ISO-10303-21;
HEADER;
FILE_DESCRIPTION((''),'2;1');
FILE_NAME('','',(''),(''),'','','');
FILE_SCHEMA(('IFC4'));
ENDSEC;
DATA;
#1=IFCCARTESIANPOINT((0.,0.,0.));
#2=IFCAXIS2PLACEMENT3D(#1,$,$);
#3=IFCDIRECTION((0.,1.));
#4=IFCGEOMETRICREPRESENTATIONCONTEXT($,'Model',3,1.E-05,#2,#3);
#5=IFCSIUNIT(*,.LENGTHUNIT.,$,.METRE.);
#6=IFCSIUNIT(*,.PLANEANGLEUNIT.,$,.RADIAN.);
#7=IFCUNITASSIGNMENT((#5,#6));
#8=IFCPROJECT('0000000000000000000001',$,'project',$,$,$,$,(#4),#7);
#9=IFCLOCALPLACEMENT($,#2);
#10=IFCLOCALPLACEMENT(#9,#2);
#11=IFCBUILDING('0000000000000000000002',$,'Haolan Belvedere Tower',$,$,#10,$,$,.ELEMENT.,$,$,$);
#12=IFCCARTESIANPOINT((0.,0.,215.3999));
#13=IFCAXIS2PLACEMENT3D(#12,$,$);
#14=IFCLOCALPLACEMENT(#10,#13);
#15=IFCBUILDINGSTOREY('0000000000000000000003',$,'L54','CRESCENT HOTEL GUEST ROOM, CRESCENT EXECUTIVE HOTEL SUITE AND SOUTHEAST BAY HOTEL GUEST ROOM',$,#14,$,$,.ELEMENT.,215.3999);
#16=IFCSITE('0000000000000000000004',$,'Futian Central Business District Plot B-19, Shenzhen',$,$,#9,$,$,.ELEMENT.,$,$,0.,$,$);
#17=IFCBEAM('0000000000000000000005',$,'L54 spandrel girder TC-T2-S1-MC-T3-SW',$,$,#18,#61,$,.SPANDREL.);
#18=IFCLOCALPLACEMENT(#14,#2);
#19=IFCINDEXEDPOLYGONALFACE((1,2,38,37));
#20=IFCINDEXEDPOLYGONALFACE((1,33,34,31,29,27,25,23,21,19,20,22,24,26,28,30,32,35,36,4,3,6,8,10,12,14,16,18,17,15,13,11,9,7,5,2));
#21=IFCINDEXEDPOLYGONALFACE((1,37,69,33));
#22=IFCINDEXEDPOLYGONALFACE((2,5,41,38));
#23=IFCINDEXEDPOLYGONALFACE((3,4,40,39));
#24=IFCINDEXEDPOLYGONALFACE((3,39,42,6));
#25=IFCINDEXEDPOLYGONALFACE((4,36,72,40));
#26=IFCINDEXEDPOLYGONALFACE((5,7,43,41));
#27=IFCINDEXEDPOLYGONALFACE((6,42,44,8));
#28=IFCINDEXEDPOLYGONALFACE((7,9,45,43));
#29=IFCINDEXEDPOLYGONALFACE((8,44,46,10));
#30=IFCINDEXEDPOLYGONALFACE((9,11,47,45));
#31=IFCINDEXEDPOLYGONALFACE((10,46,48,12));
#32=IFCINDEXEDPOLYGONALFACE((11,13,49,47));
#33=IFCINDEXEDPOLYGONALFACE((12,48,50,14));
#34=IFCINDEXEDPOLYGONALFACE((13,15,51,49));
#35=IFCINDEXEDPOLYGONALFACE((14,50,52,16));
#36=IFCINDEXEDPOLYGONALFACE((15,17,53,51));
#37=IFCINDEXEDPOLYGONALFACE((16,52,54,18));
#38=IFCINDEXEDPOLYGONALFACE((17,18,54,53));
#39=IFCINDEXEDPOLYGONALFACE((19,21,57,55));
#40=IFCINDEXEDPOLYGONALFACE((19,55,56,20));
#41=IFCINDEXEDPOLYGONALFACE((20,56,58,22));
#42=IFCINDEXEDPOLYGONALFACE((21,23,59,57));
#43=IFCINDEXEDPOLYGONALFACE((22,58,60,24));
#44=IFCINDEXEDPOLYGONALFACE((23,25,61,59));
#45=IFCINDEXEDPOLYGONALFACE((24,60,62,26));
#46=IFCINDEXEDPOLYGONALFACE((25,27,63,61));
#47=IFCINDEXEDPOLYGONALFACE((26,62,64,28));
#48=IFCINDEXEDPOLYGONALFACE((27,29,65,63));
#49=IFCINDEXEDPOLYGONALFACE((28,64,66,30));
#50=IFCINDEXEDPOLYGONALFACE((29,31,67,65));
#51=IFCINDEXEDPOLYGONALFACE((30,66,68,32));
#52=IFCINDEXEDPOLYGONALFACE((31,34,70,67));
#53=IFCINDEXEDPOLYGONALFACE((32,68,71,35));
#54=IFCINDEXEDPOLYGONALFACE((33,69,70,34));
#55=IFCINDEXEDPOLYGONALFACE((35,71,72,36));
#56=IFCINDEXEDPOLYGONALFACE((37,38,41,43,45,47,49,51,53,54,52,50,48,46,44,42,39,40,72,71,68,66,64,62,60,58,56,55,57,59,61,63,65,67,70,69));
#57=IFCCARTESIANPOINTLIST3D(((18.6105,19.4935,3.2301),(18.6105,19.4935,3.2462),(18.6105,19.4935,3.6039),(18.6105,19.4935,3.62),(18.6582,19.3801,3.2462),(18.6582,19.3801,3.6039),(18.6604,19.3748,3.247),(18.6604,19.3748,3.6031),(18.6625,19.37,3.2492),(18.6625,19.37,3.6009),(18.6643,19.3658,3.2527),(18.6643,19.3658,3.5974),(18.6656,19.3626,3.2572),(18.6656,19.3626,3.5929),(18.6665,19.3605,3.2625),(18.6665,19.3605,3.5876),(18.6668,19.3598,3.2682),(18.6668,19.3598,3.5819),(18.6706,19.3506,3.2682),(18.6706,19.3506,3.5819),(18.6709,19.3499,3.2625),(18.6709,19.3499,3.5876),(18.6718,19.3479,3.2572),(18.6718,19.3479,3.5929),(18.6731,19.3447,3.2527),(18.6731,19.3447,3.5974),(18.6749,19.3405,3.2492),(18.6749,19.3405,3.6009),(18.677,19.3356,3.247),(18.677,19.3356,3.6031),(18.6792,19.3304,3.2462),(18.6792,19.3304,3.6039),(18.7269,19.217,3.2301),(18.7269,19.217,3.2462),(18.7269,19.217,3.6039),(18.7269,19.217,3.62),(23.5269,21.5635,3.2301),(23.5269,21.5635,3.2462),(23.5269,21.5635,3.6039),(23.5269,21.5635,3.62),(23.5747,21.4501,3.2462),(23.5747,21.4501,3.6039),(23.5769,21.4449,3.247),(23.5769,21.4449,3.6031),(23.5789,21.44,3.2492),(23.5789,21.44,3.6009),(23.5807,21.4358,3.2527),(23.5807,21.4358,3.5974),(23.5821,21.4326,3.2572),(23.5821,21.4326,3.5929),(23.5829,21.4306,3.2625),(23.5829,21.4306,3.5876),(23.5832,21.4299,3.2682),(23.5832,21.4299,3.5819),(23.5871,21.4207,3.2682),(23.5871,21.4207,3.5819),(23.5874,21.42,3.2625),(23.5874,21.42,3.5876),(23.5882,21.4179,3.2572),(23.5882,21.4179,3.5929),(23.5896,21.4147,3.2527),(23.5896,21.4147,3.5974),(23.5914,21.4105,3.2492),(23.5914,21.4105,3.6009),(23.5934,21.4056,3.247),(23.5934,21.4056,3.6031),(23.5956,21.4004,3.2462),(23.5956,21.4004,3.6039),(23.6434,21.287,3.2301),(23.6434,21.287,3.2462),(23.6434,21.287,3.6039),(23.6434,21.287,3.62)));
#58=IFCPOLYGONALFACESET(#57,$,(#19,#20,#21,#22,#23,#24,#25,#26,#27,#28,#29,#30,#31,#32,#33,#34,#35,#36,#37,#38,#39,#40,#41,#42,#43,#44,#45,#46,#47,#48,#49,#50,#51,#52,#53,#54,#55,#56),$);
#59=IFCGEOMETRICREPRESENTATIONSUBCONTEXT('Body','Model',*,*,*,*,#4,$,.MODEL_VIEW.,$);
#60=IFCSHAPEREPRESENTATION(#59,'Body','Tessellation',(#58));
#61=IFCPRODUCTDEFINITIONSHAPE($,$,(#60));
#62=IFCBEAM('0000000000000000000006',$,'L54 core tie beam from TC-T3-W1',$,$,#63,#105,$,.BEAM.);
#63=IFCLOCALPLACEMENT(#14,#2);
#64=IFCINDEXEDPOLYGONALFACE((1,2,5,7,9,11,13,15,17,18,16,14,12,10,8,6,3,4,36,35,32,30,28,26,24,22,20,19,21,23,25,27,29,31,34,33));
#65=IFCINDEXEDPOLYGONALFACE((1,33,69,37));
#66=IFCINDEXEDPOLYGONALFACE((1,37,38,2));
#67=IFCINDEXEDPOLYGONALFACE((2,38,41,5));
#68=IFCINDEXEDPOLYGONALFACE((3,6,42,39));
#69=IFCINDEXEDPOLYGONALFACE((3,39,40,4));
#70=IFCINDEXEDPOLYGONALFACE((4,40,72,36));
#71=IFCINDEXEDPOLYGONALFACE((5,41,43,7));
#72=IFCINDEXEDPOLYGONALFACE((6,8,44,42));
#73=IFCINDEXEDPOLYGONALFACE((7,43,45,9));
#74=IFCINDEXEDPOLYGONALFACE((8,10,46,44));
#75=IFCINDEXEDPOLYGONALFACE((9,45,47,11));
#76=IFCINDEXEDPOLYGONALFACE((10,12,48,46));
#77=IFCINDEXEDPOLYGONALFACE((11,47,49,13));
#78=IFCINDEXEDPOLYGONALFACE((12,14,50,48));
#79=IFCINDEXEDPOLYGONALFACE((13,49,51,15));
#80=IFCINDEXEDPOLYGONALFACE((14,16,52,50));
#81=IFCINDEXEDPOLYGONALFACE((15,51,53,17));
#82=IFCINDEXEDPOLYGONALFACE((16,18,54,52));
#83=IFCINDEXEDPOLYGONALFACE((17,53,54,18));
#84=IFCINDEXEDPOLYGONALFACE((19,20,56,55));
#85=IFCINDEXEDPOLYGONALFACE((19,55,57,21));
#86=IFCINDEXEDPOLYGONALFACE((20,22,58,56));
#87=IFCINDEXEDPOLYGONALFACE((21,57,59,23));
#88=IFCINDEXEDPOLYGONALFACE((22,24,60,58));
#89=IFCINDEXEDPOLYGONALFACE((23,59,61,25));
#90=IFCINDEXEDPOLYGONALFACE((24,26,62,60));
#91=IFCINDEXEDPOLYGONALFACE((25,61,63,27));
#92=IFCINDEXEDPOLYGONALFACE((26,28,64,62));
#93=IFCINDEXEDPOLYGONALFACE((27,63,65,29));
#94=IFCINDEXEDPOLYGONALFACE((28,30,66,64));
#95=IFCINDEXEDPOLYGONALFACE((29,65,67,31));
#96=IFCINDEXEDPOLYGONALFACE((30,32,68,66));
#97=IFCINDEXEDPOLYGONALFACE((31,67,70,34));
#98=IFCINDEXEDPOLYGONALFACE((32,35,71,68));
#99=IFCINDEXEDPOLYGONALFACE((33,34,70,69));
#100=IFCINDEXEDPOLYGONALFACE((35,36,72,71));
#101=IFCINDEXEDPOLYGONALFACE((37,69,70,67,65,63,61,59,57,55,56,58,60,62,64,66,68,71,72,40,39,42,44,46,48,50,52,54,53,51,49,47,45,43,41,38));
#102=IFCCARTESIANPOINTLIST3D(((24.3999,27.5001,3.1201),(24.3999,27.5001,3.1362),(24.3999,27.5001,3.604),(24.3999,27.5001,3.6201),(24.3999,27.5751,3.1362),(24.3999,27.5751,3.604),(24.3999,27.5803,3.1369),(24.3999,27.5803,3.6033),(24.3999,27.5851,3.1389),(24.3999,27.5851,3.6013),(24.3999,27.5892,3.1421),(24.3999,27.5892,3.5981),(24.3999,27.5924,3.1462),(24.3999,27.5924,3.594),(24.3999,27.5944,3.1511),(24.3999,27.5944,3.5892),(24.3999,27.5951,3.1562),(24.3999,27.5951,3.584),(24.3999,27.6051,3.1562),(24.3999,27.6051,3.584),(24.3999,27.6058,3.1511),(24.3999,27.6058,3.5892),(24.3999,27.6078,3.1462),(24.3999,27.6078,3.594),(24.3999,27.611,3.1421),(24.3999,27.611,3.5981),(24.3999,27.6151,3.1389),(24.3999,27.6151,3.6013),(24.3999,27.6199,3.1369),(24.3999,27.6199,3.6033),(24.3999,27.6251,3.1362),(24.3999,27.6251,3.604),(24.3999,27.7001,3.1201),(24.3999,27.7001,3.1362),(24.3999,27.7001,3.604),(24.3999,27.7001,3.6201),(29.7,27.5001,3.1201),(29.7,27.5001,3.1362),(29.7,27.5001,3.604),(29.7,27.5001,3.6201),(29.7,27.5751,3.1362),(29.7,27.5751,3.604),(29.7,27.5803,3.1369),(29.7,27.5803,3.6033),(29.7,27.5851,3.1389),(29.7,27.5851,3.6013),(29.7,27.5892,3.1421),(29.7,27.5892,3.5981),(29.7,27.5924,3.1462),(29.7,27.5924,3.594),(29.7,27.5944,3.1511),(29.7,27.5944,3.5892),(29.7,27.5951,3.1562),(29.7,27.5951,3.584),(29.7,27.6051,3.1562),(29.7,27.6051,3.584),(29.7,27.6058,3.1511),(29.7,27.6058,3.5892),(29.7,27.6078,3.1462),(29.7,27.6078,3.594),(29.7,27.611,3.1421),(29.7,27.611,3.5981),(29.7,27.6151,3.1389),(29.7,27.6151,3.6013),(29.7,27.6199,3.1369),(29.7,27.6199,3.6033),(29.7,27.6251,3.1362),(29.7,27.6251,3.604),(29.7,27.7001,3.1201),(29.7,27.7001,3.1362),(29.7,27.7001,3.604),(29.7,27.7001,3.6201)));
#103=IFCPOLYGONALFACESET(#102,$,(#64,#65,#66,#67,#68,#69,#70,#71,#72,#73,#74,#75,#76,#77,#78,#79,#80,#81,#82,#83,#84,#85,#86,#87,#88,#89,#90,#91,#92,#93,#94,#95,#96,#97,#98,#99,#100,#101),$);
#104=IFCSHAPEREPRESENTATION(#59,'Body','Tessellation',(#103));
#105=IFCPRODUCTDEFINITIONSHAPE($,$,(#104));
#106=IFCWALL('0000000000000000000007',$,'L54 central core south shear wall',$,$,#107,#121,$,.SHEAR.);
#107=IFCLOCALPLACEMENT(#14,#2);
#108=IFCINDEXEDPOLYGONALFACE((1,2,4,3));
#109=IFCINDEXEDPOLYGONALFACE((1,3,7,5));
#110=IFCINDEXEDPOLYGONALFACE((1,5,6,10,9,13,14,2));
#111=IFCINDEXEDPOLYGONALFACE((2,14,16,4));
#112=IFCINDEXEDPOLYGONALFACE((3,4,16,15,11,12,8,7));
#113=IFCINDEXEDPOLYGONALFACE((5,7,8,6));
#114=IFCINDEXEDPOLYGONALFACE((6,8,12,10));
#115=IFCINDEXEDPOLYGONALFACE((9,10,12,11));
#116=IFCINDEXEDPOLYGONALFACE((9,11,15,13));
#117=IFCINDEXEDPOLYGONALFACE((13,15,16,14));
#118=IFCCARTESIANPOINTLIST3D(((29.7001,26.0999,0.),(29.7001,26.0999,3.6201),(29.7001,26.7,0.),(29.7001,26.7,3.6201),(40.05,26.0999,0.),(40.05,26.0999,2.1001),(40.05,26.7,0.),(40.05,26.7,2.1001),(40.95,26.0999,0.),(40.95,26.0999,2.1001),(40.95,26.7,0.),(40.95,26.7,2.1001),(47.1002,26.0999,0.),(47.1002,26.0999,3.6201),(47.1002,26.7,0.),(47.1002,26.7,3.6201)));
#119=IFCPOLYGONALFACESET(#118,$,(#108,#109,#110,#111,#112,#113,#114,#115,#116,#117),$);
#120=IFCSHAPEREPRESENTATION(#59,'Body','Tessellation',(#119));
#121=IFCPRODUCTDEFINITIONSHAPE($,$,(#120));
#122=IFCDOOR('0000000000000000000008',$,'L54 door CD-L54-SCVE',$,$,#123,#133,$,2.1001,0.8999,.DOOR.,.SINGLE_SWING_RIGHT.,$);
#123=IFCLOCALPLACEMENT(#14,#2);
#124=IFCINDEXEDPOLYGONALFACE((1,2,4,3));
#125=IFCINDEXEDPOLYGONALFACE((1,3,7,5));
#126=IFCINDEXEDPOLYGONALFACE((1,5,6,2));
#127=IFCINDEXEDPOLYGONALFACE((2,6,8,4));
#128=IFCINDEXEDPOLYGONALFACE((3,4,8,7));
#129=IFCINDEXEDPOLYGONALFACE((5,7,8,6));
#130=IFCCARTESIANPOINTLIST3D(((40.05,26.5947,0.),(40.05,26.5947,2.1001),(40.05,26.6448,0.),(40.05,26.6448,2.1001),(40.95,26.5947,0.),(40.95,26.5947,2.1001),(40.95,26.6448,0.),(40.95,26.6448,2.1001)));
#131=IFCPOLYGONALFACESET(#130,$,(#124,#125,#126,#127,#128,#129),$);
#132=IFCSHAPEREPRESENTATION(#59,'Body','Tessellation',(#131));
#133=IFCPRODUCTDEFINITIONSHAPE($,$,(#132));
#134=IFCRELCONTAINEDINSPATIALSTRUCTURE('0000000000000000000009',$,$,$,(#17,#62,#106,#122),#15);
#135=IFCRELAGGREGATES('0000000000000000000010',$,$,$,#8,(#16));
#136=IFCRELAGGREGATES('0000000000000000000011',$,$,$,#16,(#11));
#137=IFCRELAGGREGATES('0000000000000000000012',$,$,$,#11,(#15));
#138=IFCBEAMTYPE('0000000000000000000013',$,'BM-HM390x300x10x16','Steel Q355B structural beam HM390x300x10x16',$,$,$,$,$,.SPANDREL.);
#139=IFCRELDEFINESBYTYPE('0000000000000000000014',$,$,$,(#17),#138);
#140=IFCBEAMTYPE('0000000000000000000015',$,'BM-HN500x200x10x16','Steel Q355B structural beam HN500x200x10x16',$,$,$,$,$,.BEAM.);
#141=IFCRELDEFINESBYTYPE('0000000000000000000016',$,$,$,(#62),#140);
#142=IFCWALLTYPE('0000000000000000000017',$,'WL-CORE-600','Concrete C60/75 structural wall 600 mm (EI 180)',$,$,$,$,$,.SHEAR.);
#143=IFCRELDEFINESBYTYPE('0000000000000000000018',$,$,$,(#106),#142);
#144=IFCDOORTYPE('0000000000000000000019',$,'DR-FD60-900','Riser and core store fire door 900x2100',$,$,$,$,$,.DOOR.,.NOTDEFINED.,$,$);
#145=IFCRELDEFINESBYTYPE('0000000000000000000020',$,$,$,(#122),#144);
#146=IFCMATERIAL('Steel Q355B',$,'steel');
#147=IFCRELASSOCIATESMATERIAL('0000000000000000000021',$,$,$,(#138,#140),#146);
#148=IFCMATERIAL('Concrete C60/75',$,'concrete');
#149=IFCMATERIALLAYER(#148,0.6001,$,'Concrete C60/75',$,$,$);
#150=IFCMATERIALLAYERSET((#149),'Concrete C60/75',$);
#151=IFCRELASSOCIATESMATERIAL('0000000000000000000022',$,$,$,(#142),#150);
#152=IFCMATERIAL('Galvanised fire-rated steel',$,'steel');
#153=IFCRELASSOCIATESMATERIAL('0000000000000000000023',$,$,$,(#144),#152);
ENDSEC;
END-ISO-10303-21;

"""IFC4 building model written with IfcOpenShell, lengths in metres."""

from ifc_helpers import new_model, si_unit, direction, frame, frame_2d, origin, origin_2d, place, context, subcontext, project, spatial, rectangle, i_section, extrude, material, layer, layer_set, material_profile, profile_set, type_object, element, fill, save


model = new_model("IFC4")

# Units and contexts
model_context = context("Model", 3, precision=1e-05, world=origin(), true_north=direction((0.0, 1.0)))
body_context = subcontext(model_context, "Body", "Model", "MODEL_VIEW")
ifc_project = project(units=[si_unit("LENGTHUNIT", "METRE"), si_unit("PLANEANGLEUNIT", "RADIAN")], contexts=[model_context])

# Site, building, storey
site_placement = place(None, origin())
site = spatial("IfcSite", under=ifc_project, at=site_placement, Name="Futian Central Business District Plot B-19, Shenzhen", CompositionType="ELEMENT", RefElevation=0.0)
building_placement = place(site_placement, origin())
building = spatial("IfcBuilding", under=site, at=building_placement, Name="Haolan Belvedere Tower", CompositionType="ELEMENT")
storey_placement = place(building_placement, frame((0.0, 0.0, 215.3999)))
storey = spatial("IfcBuildingStorey", under=building, at=storey_placement, Name="L54", Description="CRESCENT HOTEL GUEST ROOM, CRESCENT EXECUTIVE HOTEL SUITE AND SOUTHEAST BAY HOTEL GUEST ROOM", CompositionType="ELEMENT", Elevation=215.3999)

# Beams
ifc_material_1 = material(Name="Steel Q355B", Category="steel")
ifc_material_profile_1 = material_profile(ifc_material_1, i_section(OverallWidth=0.3, OverallDepth=0.3899, WebThickness=0.01, FlangeThickness=0.0161, FilletRadius=0.022, at=origin_2d()), Name="Steel Q355B")
ifc_profile_set_1 = profile_set([ifc_material_profile_1], Name="Steel Q355B")
beam_type_1 = type_object("IfcBeamType", Name="BM-HM390x300x10x16", Description="Steel Q355B structural beam HM390x300x10x16", PredefinedType="SPANDREL", material=ifc_profile_set_1)
beam_1_placement = place(storey_placement, frame((18.6687, 19.3552, 3.425), z_axis=(0.921638, 0.388051, 0.0), x_axis=(-0.388051, 0.921638, 0.0)))
element("IfcBeam", 1, at=beam_1_placement, inside=storey, type_object=beam_type_1, Name="L54 spandrel girder TC-T2-S1-MC-T3-SW", PredefinedType="SPANDREL", context=body_context, shape_type="SweptSolid", body=[
    extrude(i_section(OverallWidth=0.3, OverallDepth=0.3899, WebThickness=0.01, FlangeThickness=0.0161, FilletRadius=0.022, at=origin_2d()), origin(), (0.0, 0.0, 1.0), 5.3345),
])
ifc_material_profile_2 = material_profile(ifc_material_1, i_section(OverallWidth=0.2, OverallDepth=0.5, WebThickness=0.01, FlangeThickness=0.0161, FilletRadius=0.02, at=origin_2d()), Name="Steel Q355B")
ifc_profile_set_2 = profile_set([ifc_material_profile_2], Name="Steel Q355B")
beam_type_2 = type_object("IfcBeamType", Name="BM-HN500x200x10x16", Description="Steel Q355B structural beam HN500x200x10x16", PredefinedType="BEAM", material=ifc_profile_set_2)
beam_2_placement = place(storey_placement, frame((24.3999, 27.6001, 3.3701), z_axis=(1.0, 0.0, 0.0), x_axis=(0.0, 1.0, 0.0)))
element("IfcBeam", 2, at=beam_2_placement, inside=storey, type_object=beam_type_2, Name="L54 core tie beam from TC-T3-W1", PredefinedType="BEAM", context=body_context, shape_type="SweptSolid", body=[
    extrude(i_section(OverallWidth=0.2, OverallDepth=0.5, WebThickness=0.01, FlangeThickness=0.0161, FilletRadius=0.02, at=origin_2d()), origin(), (0.0, 0.0, 1.0), 5.3),
])

# Wall, opening, door
ifc_material_2 = material(Name="Concrete C60/75", Category="concrete")
ifc_layer_1 = layer(ifc_material_2, 0.6001, Name="Concrete C60/75")
ifc_layer_set_1 = layer_set([ifc_layer_1], Name="Concrete C60/75")
wall_type_1 = type_object("IfcWallType", Name="WL-CORE-600", Description="Concrete C60/75 structural wall 600 mm (EI 180)", PredefinedType="SHEAR", material=ifc_layer_set_1)
wall_1_placement = place(storey_placement, frame((29.7, 26.3999, 0.0), z_axis=(0.0, 0.0, 1.0), x_axis=(1.0, 0.0, 0.0)))
wall_1 = element("IfcWall", 3, at=wall_1_placement, inside=storey, type_object=wall_type_1, Name="L54 central core south shear wall", PredefinedType="SHEAR", context=body_context, shape_type="SweptSolid", body=[
    extrude(rectangle(XDim=17.4001, YDim=0.6001, at=frame_2d((8.7002, 0.0))), origin(), (0.0, 0.0, 1.0), 3.6201),
])
opening_1_placement = place(wall_1_placement, frame((11.25, 0.0, 0.0), z_axis=(0.0, 0.0, 1.0), x_axis=(-1.0, 0.0, 0.0)))
opening_1 = element("IfcOpeningElement", 4, at=opening_1_placement, cuts=wall_1, PredefinedType="OPENING", context=body_context, shape_type="SweptSolid", body=[
    extrude(rectangle(XDim=0.8999, YDim=2.1001, at=frame_2d((0.45, 1.05))), frame((0.0, 0.3101, 0.0), z_axis=(0.0, -1.0, 0.0), x_axis=(1.0, 0.0, 0.0)), (0.0, 0.0, 1.0), 0.6201),
])
ifc_material_3 = material(Name="Galvanised fire-rated steel", Category="steel")
door_type_1 = type_object("IfcDoorType", Name="DR-FD60-900", Description="Riser and core store fire door 900x2100", OperationType="NOTDEFINED", PredefinedType="DOOR", material=ifc_material_3)
door_1_placement = place(opening_1_placement, origin())
door_1 = element("IfcDoor", 5, at=door_1_placement, inside=storey, type_object=door_type_1, Name="L54 door CD-L54-SCVE", OperationType="SINGLE_SWING_RIGHT", OverallHeight=2.1001, OverallWidth=0.8999, PredefinedType="DOOR", context=body_context, shape_type="SweptSolid", body=[
    extrude(rectangle(XDim=0.8999, YDim=2.1001, at=frame_2d((0.45, 1.05))), frame((0.0, -0.1948, 0.0), z_axis=(0.0, -1.0, 0.0), x_axis=(1.0, 0.0, 0.0)), (0.0, 0.0, 1.0), 0.05),
])
fill(opening_1, door_1)

save(model, "model.ifc")
